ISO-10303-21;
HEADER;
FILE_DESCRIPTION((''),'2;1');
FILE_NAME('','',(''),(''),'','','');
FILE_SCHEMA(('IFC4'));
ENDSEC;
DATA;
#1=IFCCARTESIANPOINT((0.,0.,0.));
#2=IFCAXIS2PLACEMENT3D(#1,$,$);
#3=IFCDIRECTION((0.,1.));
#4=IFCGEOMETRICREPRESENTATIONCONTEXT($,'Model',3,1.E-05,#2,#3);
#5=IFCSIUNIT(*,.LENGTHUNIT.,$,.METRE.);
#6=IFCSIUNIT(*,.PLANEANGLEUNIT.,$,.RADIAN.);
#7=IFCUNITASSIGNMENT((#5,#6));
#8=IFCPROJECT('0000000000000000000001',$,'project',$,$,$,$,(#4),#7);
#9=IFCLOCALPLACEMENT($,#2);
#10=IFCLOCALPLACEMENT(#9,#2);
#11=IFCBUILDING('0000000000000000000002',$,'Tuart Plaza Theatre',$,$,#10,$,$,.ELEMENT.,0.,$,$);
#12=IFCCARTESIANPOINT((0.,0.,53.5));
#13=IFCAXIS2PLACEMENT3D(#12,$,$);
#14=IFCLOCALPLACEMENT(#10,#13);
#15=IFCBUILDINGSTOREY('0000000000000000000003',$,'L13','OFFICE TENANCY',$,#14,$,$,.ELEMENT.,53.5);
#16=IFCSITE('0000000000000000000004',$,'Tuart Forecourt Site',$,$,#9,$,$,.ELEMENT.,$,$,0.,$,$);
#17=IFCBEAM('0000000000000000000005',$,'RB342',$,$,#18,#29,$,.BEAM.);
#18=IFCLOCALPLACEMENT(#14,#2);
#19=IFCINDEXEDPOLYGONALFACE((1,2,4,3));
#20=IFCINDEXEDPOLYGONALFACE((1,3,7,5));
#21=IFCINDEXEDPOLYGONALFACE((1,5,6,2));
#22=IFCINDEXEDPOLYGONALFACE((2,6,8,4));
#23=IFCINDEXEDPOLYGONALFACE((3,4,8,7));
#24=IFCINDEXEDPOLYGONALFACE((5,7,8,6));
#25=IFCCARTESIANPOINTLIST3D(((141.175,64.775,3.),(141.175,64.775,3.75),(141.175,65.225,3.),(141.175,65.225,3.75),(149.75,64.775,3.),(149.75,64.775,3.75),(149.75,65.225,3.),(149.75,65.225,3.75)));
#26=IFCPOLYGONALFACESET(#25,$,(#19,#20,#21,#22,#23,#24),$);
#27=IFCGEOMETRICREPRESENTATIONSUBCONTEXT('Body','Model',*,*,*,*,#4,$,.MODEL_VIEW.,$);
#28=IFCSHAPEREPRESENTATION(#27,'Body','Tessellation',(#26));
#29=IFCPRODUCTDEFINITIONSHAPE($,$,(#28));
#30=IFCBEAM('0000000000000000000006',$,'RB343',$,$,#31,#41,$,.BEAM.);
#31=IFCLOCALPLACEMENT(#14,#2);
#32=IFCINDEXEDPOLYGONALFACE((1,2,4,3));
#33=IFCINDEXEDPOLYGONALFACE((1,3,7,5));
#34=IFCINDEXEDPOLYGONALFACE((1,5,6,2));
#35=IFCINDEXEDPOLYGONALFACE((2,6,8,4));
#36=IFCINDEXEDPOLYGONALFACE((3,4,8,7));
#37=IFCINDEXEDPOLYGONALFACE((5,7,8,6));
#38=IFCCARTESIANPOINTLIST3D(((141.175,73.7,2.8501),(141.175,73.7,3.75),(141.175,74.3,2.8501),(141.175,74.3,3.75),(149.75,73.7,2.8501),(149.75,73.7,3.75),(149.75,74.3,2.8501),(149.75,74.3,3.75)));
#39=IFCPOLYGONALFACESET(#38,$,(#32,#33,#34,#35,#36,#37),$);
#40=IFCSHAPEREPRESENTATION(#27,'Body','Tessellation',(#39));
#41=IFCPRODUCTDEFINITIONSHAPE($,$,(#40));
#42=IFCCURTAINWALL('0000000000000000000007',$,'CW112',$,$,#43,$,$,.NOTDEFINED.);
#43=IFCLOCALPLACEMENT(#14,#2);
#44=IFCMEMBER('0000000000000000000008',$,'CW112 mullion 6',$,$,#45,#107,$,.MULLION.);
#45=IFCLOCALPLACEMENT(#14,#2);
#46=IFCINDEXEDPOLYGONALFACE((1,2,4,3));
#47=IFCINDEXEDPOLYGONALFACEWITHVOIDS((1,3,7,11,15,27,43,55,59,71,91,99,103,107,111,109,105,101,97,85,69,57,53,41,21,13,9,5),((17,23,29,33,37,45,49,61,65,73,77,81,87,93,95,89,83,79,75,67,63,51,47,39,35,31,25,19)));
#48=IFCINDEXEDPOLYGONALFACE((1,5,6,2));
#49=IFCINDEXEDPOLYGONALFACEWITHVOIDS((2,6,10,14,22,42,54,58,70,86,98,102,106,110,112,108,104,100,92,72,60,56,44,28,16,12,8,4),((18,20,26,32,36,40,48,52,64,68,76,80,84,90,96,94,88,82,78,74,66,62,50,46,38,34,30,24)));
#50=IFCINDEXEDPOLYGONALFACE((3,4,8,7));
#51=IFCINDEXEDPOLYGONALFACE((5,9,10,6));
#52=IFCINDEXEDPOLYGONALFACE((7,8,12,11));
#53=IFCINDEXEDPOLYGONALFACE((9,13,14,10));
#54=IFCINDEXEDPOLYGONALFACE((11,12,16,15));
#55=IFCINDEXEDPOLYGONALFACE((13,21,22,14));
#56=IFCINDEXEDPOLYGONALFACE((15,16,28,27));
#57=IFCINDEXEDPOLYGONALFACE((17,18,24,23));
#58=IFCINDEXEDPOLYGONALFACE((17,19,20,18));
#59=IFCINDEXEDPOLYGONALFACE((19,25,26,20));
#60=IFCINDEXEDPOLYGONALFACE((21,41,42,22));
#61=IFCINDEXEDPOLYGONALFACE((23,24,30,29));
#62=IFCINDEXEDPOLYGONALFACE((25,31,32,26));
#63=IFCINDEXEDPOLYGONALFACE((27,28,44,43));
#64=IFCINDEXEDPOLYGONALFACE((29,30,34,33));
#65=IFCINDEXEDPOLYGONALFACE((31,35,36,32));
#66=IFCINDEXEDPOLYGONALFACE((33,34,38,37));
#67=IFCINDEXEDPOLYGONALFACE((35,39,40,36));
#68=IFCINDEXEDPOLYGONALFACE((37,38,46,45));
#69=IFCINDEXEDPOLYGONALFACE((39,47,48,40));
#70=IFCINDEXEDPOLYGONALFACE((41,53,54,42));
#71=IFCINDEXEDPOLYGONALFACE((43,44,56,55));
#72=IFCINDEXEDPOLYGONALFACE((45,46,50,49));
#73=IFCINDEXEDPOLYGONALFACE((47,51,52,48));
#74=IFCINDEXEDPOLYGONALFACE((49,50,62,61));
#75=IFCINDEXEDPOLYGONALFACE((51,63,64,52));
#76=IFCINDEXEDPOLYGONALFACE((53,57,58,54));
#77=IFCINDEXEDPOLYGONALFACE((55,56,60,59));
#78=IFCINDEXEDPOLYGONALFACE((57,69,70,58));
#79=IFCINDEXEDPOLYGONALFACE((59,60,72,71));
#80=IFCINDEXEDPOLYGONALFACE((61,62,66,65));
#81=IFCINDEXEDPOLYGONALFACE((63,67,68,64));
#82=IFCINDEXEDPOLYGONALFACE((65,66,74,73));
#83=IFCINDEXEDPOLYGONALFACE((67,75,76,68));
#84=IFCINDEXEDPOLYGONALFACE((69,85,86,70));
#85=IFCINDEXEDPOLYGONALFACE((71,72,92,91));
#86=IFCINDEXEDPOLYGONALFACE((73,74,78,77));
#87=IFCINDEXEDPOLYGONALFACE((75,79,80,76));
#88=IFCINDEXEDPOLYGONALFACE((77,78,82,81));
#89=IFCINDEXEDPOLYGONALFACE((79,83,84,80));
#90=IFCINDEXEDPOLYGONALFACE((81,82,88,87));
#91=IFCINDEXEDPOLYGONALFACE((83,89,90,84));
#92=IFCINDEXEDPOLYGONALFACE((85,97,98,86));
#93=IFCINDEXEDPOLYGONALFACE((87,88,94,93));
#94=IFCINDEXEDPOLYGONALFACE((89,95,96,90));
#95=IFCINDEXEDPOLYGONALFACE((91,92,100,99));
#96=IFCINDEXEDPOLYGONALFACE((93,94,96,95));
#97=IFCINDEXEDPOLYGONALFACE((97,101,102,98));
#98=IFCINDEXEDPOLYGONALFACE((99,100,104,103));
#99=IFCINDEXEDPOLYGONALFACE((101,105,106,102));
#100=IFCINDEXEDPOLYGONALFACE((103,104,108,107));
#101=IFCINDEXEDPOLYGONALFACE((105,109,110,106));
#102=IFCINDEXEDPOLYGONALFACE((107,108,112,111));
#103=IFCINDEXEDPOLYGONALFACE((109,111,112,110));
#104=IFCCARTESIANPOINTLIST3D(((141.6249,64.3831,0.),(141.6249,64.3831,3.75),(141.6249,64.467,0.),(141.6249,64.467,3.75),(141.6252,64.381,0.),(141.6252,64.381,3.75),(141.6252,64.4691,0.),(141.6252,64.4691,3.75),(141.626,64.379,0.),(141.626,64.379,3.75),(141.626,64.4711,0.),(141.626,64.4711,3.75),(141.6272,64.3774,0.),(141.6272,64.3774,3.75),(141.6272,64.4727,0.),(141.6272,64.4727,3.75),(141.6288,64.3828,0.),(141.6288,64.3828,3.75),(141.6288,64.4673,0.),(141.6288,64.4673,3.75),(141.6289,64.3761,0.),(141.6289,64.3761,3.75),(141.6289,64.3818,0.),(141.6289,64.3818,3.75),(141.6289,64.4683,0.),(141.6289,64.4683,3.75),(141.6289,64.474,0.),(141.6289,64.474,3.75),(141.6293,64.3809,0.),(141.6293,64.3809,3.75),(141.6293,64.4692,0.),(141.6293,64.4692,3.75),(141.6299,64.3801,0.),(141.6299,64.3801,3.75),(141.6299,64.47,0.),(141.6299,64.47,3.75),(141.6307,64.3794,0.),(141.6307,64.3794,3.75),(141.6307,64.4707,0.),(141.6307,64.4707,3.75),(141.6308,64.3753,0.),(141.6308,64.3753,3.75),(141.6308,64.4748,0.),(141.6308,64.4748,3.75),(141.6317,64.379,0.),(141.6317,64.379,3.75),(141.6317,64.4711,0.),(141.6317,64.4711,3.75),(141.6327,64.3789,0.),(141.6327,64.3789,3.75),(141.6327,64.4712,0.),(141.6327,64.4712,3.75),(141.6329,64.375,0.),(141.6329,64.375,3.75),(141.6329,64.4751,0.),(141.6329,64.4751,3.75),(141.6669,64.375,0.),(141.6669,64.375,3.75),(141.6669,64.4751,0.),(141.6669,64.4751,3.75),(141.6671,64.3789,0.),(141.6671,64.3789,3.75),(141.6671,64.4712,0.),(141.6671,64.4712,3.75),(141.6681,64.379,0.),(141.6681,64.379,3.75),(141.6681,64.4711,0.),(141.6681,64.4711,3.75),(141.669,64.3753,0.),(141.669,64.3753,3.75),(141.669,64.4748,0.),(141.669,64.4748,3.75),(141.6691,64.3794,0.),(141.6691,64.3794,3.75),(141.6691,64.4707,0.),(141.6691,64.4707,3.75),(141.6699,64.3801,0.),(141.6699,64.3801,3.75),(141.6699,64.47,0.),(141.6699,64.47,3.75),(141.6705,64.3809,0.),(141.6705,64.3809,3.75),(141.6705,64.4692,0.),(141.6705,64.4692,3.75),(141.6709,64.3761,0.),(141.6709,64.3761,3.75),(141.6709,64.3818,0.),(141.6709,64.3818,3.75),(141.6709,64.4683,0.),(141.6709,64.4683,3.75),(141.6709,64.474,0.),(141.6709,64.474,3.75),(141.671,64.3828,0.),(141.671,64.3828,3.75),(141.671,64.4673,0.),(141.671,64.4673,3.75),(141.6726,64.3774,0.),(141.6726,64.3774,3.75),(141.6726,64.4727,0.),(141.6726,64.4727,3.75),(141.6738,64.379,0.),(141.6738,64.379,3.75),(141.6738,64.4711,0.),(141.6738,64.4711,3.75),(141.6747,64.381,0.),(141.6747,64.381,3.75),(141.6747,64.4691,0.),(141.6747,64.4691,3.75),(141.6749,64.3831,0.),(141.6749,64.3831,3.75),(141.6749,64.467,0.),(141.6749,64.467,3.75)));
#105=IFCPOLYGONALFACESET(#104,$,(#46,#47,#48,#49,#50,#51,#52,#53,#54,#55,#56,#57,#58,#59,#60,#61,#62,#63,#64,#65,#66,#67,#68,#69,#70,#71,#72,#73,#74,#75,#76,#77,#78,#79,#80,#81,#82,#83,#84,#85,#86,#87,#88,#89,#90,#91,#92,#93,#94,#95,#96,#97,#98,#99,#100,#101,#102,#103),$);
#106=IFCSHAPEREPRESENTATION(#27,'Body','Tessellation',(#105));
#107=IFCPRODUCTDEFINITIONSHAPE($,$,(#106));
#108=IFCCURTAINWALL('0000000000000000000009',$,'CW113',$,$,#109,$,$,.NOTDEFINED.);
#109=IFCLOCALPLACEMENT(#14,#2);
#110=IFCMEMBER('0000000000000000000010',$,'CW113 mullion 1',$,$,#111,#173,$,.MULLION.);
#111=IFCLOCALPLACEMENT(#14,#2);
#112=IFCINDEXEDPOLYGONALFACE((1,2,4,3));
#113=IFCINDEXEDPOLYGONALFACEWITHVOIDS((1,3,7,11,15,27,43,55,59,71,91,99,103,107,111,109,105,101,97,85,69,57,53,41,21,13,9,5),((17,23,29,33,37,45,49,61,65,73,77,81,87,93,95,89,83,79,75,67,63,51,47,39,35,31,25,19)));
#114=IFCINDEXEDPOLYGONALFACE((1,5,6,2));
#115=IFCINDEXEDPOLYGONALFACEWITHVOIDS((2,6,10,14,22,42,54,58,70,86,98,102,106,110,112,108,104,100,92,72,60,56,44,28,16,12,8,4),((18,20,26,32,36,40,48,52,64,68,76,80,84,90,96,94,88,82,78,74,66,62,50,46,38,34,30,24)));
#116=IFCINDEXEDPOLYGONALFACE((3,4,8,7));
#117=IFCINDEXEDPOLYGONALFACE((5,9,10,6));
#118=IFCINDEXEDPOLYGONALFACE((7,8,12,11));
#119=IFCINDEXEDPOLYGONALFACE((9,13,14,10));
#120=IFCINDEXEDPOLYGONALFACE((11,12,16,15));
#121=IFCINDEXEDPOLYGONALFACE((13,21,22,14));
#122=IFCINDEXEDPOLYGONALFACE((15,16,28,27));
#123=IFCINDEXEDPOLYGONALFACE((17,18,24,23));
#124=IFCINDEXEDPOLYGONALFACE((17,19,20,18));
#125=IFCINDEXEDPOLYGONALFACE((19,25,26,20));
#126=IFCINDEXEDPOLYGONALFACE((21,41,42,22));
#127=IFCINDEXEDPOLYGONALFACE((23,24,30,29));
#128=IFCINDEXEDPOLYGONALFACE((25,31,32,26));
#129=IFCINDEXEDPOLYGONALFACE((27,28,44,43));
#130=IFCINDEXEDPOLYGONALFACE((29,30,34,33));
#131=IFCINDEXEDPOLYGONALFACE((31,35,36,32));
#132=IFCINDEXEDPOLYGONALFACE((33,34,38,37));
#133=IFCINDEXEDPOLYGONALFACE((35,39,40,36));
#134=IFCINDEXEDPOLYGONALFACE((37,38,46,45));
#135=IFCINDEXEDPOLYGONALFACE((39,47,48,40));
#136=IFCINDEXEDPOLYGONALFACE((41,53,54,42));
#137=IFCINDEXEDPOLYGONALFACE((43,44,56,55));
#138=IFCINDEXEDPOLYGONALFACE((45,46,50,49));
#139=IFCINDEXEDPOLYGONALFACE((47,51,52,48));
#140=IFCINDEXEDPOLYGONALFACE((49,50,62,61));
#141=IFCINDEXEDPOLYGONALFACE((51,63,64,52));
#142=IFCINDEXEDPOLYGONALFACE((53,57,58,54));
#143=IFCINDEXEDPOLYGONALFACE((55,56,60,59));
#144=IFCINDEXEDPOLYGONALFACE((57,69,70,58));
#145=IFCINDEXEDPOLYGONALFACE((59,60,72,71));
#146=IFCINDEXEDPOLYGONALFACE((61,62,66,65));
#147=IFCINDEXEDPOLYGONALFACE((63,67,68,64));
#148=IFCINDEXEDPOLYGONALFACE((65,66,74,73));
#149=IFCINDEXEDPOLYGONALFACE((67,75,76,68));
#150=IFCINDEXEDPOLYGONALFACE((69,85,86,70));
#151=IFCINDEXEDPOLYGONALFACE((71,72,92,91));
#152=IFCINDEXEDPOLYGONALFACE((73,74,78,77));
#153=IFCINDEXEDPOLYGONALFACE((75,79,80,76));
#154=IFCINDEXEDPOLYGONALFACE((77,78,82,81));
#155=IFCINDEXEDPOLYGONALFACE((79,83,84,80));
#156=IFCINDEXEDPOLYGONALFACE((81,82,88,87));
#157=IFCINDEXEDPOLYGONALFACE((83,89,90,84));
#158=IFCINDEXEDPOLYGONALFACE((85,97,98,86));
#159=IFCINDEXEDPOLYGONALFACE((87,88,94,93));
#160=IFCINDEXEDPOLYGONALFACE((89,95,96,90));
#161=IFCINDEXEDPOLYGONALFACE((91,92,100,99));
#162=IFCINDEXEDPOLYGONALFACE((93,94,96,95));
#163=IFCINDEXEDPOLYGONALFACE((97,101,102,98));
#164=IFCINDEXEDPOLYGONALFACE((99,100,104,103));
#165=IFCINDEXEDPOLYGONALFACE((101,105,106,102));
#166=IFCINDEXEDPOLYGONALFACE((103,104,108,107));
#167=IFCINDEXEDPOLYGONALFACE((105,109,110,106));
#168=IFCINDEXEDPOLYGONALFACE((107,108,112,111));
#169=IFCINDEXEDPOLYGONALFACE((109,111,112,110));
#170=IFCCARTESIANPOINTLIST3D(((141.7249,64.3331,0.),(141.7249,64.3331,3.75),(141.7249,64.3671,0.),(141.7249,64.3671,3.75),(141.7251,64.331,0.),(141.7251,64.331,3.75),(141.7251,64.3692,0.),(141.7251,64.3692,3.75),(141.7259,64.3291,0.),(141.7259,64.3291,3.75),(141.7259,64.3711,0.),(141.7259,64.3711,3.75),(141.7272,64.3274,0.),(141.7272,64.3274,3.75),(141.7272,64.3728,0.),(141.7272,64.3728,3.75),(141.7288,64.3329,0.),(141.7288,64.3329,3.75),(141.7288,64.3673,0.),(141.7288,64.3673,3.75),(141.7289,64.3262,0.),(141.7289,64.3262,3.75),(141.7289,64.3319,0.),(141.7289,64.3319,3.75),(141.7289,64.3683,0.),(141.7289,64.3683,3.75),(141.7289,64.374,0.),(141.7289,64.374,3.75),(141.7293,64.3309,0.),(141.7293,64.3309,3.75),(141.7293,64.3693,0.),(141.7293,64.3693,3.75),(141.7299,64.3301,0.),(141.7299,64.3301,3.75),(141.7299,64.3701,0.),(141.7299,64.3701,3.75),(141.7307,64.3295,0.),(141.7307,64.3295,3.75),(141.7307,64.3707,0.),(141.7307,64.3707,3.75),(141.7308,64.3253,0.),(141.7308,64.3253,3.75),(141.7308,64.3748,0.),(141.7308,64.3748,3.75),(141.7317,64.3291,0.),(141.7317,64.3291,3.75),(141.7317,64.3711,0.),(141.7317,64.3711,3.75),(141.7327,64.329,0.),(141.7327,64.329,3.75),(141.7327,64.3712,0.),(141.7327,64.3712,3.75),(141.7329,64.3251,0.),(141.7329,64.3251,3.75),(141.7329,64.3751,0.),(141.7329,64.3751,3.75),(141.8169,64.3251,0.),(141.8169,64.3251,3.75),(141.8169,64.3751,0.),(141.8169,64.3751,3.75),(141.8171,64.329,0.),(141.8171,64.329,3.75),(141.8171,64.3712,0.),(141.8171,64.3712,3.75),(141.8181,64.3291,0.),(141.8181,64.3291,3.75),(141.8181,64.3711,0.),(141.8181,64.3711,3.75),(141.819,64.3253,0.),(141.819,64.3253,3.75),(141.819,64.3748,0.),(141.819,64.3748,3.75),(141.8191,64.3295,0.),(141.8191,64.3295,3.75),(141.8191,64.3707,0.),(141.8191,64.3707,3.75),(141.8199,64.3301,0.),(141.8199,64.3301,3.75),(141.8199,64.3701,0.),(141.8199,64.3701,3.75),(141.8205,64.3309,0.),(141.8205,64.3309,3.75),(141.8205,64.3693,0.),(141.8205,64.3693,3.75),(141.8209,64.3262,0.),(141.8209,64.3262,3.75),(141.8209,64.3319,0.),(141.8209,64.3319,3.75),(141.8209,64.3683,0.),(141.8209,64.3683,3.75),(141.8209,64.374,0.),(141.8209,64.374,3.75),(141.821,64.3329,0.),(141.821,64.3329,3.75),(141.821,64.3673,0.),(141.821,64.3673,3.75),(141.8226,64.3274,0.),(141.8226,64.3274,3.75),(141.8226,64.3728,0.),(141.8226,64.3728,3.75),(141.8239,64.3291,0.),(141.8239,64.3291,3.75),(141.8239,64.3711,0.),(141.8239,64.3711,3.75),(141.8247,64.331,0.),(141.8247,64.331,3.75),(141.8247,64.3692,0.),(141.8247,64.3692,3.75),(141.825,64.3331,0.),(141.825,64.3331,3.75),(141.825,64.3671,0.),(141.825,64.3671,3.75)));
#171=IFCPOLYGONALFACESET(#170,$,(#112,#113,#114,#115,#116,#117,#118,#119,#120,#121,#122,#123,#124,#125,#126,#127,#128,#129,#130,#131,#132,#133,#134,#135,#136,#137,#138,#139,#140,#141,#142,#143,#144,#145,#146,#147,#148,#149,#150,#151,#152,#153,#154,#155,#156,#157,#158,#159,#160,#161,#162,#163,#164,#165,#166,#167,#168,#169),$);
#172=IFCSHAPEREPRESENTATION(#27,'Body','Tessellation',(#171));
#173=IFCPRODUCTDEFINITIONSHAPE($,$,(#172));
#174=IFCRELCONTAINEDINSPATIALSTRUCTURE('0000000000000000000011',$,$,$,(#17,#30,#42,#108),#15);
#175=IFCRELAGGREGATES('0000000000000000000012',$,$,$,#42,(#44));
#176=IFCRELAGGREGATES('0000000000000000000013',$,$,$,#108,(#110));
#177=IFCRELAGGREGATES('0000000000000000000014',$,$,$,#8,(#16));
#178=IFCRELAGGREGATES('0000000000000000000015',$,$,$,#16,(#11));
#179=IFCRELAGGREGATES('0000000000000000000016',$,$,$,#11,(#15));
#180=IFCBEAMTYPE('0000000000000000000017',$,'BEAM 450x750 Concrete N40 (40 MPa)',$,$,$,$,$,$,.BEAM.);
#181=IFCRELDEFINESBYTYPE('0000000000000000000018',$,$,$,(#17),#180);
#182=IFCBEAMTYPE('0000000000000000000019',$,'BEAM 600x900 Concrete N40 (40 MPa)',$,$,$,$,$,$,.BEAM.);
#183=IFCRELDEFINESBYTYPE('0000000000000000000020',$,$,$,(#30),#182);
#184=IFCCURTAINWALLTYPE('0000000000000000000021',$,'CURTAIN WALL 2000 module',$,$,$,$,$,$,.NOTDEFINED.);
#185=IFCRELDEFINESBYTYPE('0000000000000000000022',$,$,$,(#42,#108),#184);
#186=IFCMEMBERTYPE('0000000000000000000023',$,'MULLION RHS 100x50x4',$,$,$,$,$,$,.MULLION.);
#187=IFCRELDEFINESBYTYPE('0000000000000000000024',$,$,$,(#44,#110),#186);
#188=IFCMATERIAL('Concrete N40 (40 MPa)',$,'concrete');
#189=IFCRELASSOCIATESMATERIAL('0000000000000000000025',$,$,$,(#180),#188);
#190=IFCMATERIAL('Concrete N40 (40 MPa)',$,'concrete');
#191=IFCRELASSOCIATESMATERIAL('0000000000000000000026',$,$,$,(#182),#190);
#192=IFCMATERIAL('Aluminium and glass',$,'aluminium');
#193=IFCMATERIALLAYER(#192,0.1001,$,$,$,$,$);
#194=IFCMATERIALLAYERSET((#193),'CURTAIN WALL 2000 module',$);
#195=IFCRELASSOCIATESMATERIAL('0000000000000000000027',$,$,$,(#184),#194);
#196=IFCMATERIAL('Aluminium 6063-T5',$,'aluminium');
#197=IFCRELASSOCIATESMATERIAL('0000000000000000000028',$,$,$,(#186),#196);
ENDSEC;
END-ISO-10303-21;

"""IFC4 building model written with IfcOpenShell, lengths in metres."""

from ifc_helpers import new_model, si_unit, direction, frame, origin, origin_2d, place, context, subcontext, project, spatial, rectangle, hollow_rectangle, extrude, material, layer, layer_set, material_profile, profile_set, type_object, element, aggregate, save


model = new_model("IFC4")

# Units and contexts
model_context = context("Model", 3, precision=1e-05, world=origin(), true_north=direction((0.0, 1.0)))
body_context = subcontext(model_context, "Body", "Model", "MODEL_VIEW")
ifc_project = project(units=[si_unit("LENGTHUNIT", "METRE"), si_unit("PLANEANGLEUNIT", "RADIAN")], contexts=[model_context])

# Site, building, storey
site_placement = place(None, origin())
site = spatial("IfcSite", under=ifc_project, at=site_placement, Name="Tuart Forecourt Site", CompositionType="ELEMENT", RefElevation=0.0)
building_placement = place(site_placement, origin())
building = spatial("IfcBuilding", under=site, at=building_placement, Name="Tuart Plaza Theatre", CompositionType="ELEMENT", ElevationOfRefHeight=0.0)
storey_placement = place(building_placement, frame((0.0, 0.0, 53.5)))
storey = spatial("IfcBuildingStorey", under=building, at=storey_placement, Name="L13", Description="OFFICE TENANCY", CompositionType="ELEMENT", Elevation=53.5)

# Beams
ifc_material_1 = material(Name="Concrete N40 (40 MPa)", Category="concrete")
ifc_material_profile_1 = material_profile(ifc_material_1, rectangle(XDim=0.45, YDim=0.75, at=origin_2d()), Name="BEAM 450x750 Concrete N40 (40 MPa)")
ifc_profile_set_1 = profile_set([ifc_material_profile_1], Name="Concrete N40 (40 MPa)")
beam_type_1 = type_object("IfcBeamType", Name="BEAM 450x750 Concrete N40 (40 MPa)", PredefinedType="BEAM", material=ifc_profile_set_1)
beam_1_placement = place(storey_placement, frame((141.175, 65.0, 3.375), z_axis=(1.0, 0.0, 0.0), x_axis=(0.0, 1.0, 0.0)))
element("IfcBeam", 1, at=beam_1_placement, inside=storey, type_object=beam_type_1, Name="RB342", PredefinedType="BEAM", context=body_context, shape_type="SweptSolid", body=[
    extrude(rectangle(XDim=0.45, YDim=0.75, at=origin_2d()), origin(), (0.0, 0.0, 1.0), 8.575),
])
ifc_material_2 = material(Name="Concrete N40 (40 MPa)", Category="concrete")
ifc_material_profile_2 = material_profile(ifc_material_2, rectangle(XDim=0.6001, YDim=0.8999, at=origin_2d()), Name="BEAM 600x900 Concrete N40 (40 MPa)")
ifc_profile_set_2 = profile_set([ifc_material_profile_2], Name="Concrete N40 (40 MPa)")
beam_type_2 = type_object("IfcBeamType", Name="BEAM 600x900 Concrete N40 (40 MPa)", PredefinedType="BEAM", material=ifc_profile_set_2)
beam_2_placement = place(storey_placement, frame((141.175, 74.0, 3.3), z_axis=(1.0, 0.0, 0.0), x_axis=(0.0, 1.0, 0.0)))
element("IfcBeam", 2, at=beam_2_placement, inside=storey, type_object=beam_type_2, Name="RB343", PredefinedType="BEAM", context=body_context, shape_type="SweptSolid", body=[
    extrude(rectangle(XDim=0.6001, YDim=0.8999, at=origin_2d()), origin(), (0.0, 0.0, 1.0), 8.575),
])

# Curtain wall, member
ifc_material_3 = material(Name="Aluminium and glass", Category="aluminium")
ifc_layer_1 = layer(ifc_material_3, 0.1001)
ifc_layer_set_1 = layer_set([ifc_layer_1], Name="CURTAIN WALL 2000 module")
curtain_wall_type = type_object("IfcCurtainWallType", Name="CURTAIN WALL 2000 module", PredefinedType="NOTDEFINED", material=ifc_layer_set_1)
curtain_wall_1_placement = place(storey_placement, origin())
curtain_wall_1 = element("IfcCurtainWall", 3, at=curtain_wall_1_placement, inside=storey, type_object=curtain_wall_type, Name="CW112", PredefinedType="NOTDEFINED")
ifc_material_4 = material(Name="Aluminium 6063-T5", Category="aluminium")
ifc_material_profile_3 = material_profile(ifc_material_4, hollow_rectangle(XDim=0.05, YDim=0.1001, WallThickness=0.0039, InnerFilletRadius=0.0039, OuterFilletRadius=0.0081, at=origin_2d()), Name="RHS 100x50x4")
ifc_profile_set_3 = profile_set([ifc_material_profile_3], Name="Aluminium 6063-T5")
member_type_1 = type_object("IfcMemberType", Name="MULLION RHS 100x50x4", PredefinedType="MULLION", material=ifc_profile_set_3)
member_1_placement = place(storey_placement, frame((141.6499, 64.425, 0.0), z_axis=(0.0, 0.0, 1.0), x_axis=(-1.0, 0.0, 0.0)))
member_1 = element("IfcMember", 4, at=member_1_placement, type_object=member_type_1, Name="CW112 mullion 6", PredefinedType="MULLION", context=body_context, shape_type="SweptSolid", body=[
    extrude(hollow_rectangle(XDim=0.05, YDim=0.1001, WallThickness=0.0039, InnerFilletRadius=0.0039, OuterFilletRadius=0.0081, at=origin_2d()), origin(), (0.0, 0.0, 1.0), 3.75),
])
aggregate(curtain_wall_1, [member_1])

# Curtain wall, member
curtain_wall_2_placement = place(storey_placement, origin())
curtain_wall_2 = element("IfcCurtainWall", 5, at=curtain_wall_2_placement, inside=storey, type_object=curtain_wall_type, Name="CW113", PredefinedType="NOTDEFINED")
member_2_placement = place(storey_placement, frame((141.7749, 64.3501, 0.0), z_axis=(0.0, 0.0, 1.0), x_axis=(0.0, 1.0, 0.0)))
member_2 = element("IfcMember", 6, at=member_2_placement, type_object=member_type_1, Name="CW113 mullion 1", PredefinedType="MULLION", context=body_context, shape_type="SweptSolid", body=[
    extrude(hollow_rectangle(XDim=0.05, YDim=0.1001, WallThickness=0.0039, InnerFilletRadius=0.0039, OuterFilletRadius=0.0081, at=origin_2d()), origin(), (0.0, 0.0, 1.0), 3.75),
])
aggregate(curtain_wall_2, [member_2])

save(model, "model.ifc")
